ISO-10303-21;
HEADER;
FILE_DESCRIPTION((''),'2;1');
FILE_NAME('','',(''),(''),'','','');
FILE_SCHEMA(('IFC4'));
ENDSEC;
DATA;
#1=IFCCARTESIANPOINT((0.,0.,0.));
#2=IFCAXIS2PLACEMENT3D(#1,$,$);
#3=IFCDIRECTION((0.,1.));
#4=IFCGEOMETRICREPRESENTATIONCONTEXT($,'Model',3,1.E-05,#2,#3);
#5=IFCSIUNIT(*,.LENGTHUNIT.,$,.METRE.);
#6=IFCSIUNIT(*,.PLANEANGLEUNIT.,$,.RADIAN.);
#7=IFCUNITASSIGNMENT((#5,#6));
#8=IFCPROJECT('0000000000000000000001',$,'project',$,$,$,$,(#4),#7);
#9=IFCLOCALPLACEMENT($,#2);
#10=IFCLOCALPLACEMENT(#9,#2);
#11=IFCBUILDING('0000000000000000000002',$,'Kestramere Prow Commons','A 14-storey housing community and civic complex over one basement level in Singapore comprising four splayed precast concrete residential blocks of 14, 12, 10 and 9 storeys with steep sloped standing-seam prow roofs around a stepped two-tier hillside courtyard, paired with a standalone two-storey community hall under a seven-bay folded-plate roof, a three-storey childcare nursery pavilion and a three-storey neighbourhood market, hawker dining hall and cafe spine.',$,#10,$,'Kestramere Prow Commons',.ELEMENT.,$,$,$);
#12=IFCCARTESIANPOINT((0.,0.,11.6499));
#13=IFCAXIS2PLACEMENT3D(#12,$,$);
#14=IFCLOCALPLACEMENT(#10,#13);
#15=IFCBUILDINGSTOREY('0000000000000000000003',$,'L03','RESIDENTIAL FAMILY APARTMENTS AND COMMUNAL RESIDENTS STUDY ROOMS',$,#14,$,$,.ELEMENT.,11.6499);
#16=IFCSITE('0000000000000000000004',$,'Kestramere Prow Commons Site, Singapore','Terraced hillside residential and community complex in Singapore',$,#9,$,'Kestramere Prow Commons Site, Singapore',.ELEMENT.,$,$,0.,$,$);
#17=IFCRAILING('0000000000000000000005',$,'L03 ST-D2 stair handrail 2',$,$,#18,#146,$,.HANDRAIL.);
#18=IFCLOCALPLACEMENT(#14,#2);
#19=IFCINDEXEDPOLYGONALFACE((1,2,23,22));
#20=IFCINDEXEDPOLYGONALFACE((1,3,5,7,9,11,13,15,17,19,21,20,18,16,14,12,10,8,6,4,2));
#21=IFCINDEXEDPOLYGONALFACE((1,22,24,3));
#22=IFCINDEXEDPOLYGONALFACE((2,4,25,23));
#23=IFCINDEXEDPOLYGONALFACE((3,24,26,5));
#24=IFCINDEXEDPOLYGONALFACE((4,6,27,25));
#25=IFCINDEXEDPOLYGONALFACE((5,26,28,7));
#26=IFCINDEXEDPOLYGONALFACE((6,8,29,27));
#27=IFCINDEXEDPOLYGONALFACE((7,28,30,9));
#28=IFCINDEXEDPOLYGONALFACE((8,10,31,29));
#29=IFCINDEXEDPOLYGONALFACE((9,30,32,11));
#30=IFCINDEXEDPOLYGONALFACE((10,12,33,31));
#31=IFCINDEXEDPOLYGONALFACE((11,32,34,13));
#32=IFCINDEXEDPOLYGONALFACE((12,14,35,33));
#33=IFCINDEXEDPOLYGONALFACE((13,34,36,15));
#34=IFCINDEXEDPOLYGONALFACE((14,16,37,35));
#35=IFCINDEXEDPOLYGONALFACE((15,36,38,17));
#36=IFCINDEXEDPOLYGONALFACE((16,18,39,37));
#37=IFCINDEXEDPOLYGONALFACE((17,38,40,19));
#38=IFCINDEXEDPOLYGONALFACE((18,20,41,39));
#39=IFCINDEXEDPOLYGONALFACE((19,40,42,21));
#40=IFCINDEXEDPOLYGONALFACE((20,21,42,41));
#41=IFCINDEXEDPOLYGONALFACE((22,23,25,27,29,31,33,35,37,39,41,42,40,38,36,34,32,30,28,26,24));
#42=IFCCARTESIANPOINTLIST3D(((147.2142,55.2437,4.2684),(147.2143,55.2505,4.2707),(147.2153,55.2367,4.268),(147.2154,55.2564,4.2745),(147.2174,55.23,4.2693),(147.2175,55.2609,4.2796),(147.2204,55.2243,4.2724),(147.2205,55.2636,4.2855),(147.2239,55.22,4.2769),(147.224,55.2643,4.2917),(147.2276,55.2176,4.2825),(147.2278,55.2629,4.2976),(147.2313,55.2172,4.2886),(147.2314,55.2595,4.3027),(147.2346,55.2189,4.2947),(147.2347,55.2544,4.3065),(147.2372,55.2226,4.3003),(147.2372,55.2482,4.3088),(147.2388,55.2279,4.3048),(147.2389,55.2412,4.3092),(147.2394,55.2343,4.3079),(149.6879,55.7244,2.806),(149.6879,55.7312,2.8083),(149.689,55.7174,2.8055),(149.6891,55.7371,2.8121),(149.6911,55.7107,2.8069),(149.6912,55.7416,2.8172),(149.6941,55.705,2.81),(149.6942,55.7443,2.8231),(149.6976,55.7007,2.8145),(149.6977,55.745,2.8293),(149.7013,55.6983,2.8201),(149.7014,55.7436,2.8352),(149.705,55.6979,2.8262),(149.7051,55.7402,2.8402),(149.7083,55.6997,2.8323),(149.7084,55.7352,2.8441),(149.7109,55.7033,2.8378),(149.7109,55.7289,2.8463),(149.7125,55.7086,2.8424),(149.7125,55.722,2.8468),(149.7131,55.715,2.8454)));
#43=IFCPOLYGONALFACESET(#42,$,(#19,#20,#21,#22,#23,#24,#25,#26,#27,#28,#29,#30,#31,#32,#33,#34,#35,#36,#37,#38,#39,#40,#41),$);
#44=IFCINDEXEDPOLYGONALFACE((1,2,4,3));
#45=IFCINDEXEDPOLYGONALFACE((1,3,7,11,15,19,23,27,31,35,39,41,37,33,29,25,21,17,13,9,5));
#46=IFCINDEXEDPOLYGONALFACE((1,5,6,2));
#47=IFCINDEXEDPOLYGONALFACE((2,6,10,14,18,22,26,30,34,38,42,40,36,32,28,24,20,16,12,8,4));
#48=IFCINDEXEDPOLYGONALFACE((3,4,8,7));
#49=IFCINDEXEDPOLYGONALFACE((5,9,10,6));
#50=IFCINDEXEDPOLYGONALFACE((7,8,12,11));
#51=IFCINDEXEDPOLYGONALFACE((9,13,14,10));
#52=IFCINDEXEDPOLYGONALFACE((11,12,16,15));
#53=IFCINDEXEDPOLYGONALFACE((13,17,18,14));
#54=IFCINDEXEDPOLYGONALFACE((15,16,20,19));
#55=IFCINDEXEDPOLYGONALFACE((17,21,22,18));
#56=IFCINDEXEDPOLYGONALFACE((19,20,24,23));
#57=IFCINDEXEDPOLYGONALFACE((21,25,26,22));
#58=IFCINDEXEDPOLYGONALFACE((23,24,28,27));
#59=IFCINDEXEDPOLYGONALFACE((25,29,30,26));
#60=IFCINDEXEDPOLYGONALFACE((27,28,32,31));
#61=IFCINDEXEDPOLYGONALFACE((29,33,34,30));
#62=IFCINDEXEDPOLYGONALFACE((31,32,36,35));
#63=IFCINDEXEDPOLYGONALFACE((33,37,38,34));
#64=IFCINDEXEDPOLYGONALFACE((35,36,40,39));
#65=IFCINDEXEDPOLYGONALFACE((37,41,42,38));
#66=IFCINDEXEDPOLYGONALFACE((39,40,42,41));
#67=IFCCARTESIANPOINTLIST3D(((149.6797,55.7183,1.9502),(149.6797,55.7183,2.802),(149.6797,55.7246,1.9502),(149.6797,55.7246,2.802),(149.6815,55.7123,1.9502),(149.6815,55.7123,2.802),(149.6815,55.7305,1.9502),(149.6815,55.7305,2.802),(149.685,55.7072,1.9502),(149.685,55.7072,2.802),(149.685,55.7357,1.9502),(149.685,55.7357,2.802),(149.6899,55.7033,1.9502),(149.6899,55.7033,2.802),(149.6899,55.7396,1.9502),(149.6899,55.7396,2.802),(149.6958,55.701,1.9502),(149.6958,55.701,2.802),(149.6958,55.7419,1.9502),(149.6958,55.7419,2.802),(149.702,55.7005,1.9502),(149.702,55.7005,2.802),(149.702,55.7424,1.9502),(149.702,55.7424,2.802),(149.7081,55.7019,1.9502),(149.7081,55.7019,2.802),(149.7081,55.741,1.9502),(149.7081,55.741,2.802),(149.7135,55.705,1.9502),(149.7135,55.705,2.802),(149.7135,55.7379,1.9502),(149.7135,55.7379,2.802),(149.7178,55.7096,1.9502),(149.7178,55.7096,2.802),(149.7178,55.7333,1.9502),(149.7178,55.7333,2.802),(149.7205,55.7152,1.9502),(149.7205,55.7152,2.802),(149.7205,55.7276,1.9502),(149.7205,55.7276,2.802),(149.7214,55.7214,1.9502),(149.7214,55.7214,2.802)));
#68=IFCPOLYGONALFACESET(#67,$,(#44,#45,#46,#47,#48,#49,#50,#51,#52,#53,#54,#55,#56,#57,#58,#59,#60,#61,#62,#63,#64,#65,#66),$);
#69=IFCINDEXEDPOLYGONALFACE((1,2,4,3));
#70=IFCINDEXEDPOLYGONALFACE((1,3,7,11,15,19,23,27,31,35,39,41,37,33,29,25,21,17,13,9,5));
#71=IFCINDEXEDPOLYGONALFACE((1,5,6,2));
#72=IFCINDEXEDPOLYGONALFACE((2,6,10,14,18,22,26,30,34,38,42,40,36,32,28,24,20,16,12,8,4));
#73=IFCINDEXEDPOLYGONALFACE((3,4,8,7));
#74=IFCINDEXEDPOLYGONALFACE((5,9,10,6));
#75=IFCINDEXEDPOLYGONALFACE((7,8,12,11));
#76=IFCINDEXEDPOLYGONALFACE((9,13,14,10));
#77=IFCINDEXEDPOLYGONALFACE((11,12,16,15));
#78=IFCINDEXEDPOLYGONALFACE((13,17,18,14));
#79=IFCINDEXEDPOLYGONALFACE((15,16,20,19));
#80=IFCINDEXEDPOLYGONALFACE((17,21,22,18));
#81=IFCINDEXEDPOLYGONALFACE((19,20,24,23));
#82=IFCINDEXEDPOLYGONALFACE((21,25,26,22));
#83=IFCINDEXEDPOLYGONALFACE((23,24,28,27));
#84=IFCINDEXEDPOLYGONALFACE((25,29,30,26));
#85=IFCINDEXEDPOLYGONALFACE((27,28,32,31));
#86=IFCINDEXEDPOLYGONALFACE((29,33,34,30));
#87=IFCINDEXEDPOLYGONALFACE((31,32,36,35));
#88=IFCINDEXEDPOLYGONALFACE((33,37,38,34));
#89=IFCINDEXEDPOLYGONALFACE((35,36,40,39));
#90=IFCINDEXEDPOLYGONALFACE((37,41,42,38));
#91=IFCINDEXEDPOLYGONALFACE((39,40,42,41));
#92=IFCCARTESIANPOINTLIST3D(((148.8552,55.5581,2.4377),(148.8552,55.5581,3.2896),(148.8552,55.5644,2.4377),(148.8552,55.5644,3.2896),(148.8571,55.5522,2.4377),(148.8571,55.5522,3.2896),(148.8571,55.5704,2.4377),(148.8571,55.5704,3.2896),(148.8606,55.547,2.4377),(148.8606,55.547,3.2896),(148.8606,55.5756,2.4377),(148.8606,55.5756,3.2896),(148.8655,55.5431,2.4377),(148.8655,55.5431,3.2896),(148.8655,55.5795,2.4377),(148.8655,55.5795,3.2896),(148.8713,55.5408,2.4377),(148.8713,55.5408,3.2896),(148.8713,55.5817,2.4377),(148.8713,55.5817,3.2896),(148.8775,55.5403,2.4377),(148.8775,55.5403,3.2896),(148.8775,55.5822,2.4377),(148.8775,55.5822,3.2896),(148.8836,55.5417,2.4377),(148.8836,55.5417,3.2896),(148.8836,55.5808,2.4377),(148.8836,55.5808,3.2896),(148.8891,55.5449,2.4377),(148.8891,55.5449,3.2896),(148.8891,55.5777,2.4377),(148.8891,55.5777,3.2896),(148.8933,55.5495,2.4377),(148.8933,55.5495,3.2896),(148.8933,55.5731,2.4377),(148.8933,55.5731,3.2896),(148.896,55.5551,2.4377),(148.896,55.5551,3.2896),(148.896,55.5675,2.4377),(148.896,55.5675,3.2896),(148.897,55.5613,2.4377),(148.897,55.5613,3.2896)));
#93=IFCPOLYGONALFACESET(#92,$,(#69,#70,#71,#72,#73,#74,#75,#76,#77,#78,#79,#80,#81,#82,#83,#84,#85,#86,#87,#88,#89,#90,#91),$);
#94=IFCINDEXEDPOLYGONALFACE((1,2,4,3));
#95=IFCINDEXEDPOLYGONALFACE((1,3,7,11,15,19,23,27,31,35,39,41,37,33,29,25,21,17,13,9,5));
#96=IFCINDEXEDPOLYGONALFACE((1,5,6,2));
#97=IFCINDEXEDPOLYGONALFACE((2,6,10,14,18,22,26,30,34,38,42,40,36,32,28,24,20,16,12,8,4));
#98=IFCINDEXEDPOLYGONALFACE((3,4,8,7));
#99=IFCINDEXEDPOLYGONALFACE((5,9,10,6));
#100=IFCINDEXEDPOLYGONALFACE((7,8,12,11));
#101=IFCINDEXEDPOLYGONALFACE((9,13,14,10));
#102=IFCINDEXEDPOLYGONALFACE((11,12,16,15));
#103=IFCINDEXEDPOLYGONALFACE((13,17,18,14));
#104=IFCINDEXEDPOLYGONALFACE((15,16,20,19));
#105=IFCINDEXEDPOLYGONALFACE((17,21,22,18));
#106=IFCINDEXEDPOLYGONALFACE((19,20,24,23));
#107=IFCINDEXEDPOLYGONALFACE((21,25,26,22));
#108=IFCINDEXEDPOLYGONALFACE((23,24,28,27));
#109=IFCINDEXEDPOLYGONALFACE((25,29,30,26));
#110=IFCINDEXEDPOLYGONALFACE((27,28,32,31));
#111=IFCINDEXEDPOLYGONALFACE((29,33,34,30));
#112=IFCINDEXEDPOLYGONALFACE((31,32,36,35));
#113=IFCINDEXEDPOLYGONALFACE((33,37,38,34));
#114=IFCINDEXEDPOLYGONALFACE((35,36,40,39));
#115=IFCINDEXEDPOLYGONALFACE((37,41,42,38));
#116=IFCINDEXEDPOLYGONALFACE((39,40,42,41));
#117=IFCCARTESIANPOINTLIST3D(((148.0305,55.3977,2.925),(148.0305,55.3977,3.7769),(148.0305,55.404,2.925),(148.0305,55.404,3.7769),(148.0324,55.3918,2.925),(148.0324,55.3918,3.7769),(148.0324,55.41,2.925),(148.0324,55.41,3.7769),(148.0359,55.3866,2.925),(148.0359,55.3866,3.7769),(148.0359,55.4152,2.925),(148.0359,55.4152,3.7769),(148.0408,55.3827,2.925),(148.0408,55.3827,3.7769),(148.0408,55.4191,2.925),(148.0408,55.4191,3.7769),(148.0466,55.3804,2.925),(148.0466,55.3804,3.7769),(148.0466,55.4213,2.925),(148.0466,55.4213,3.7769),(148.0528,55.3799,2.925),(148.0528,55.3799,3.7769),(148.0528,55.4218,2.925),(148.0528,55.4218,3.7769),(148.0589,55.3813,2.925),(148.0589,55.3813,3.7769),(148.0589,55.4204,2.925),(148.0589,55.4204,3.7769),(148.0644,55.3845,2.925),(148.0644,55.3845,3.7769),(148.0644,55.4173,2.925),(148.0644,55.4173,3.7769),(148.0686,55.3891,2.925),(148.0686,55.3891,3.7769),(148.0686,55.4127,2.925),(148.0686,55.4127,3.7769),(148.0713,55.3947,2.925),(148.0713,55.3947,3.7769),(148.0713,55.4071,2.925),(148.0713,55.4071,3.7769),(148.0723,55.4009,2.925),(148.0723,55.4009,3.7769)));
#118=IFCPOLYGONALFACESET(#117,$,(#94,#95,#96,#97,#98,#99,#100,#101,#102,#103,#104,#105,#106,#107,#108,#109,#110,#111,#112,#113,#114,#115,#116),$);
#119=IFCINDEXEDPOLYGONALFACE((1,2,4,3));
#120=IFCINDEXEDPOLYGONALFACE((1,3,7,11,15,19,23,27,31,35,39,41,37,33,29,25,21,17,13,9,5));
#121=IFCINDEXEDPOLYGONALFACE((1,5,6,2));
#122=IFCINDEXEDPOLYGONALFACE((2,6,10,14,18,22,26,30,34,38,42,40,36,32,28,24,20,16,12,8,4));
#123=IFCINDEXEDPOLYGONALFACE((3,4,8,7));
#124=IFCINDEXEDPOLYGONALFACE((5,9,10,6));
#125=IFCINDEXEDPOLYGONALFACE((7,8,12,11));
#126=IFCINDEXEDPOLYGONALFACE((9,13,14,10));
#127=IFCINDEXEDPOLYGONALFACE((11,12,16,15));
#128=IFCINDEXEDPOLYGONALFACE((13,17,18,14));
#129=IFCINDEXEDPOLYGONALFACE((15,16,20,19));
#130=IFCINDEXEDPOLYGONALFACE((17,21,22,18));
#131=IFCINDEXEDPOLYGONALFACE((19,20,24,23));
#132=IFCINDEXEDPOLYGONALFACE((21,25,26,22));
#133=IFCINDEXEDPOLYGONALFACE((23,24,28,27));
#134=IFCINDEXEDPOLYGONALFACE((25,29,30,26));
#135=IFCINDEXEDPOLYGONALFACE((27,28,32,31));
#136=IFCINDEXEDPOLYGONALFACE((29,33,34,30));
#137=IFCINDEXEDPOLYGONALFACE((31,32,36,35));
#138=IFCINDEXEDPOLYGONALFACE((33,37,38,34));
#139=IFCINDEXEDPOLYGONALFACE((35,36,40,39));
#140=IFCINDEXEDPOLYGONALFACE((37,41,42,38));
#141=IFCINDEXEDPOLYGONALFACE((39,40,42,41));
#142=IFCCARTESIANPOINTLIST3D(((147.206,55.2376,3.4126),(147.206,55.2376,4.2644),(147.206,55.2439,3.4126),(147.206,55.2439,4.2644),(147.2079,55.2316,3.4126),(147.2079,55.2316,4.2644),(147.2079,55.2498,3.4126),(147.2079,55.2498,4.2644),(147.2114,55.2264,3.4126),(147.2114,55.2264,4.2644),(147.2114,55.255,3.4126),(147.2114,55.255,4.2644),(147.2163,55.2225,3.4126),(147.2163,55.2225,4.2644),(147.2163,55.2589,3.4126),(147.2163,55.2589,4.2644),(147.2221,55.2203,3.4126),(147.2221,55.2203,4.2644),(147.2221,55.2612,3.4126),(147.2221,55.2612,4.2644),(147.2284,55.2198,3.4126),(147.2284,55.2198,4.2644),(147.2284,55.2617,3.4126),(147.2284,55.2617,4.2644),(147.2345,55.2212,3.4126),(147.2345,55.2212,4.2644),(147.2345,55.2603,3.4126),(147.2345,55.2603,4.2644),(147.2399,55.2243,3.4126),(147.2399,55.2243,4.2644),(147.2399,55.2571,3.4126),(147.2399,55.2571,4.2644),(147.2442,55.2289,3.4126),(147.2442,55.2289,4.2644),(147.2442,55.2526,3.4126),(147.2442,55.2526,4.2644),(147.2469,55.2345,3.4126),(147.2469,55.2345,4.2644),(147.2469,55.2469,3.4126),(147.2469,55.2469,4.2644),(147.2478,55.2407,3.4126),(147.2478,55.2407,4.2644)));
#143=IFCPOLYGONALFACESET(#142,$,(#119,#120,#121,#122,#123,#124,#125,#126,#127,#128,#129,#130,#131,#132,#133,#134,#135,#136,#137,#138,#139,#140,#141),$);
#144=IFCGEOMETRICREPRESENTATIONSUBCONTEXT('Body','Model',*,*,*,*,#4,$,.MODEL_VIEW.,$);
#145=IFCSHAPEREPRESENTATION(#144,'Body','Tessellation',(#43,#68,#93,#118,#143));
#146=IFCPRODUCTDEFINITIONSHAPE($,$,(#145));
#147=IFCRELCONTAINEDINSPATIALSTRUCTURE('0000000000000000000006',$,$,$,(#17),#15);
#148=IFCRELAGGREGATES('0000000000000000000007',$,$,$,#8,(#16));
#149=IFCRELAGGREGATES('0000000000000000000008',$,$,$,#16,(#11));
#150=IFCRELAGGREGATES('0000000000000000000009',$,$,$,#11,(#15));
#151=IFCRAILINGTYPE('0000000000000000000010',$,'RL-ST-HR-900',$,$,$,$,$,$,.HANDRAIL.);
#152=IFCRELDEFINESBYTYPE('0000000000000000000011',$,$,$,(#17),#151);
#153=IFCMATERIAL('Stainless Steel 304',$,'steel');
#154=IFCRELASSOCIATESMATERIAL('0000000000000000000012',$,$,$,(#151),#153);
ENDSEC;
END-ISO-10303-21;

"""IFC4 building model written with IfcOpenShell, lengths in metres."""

from ifc_helpers import new_model, si_unit, direction, frame, origin, origin_2d, place, context, subcontext, project, spatial, circle, extrude, material, type_object, element, save


model = new_model("IFC4")

# Units and contexts
model_context = context("Model", 3, precision=1e-05, world=origin(), true_north=direction((0.0, 1.0)))
body_context = subcontext(model_context, "Body", "Model", "MODEL_VIEW")
ifc_project = project(units=[si_unit("LENGTHUNIT", "METRE"), si_unit("PLANEANGLEUNIT", "RADIAN")], contexts=[model_context])

# Site, building, storey
site_placement = place(None, origin())
site = spatial("IfcSite", under=ifc_project, at=site_placement, Name="Kestramere Prow Commons Site, Singapore", Description="Terraced hillside residential and community complex in Singapore", LongName="Kestramere Prow Commons Site, Singapore", CompositionType="ELEMENT", RefElevation=0.0)
building_placement = place(site_placement, origin())
building = spatial("IfcBuilding", under=site, at=building_placement, Name="Kestramere Prow Commons", Description="A 14-storey housing community and civic complex over one basement level in Singapore comprising four splayed precast concrete residential blocks of 14, 12, 10 and 9 storeys with steep sloped standing-seam prow roofs around a stepped two-tier hillside courtyard, paired with a standalone two-storey community hall under a seven-bay folded-plate roof, a three-storey childcare nursery pavilion and a three-storey neighbourhood market, hawker dining hall and cafe spine.", LongName="Kestramere Prow Commons", CompositionType="ELEMENT")
storey_placement = place(building_placement, frame((0.0, 0.0, 11.6499)))
storey = spatial("IfcBuildingStorey", under=building, at=storey_placement, Name="L03", Description="RESIDENTIAL FAMILY APARTMENTS AND COMMUNAL RESIDENTS STUDY ROOMS", CompositionType="ELEMENT", Elevation=11.6499)

# Railing
ifc_material_1 = material(Name="Stainless Steel 304", Category="steel")
railing_type_1 = type_object("IfcRailingType", Name="RL-ST-HR-900", PredefinedType="HANDRAIL", material=ifc_material_1)
railing_1_placement = place(storey_placement, frame((149.7004, 55.7214, 1.9502)))
element("IfcRailing", 1, at=railing_1_placement, inside=storey, type_object=railing_type_1, Name="L03 ST-D2 stair handrail 2", PredefinedType="HANDRAIL", context=body_context, shape_type="SweptSolid", body=[
    extrude(circle(Radius=0.0239, at=origin_2d()), frame((0.0, 0.0, 0.876), z_axis=(-0.84902, -0.164994, 0.501938), x_axis=(0.190766, -0.981636, 0.0)), (0.0, 0.0, 1.0), 2.9136),
    extrude(circle(Radius=0.021, at=origin_2d()), origin(), (0.0, 0.0, 1.0), 0.8518),
    extrude(circle(Radius=0.021, at=origin_2d()), frame((-0.8245, -0.1602, 0.4875)), (0.0, 0.0, 1.0), 0.8518),
    extrude(circle(Radius=0.021, at=origin_2d()), frame((-1.6492, -0.3206, 0.9749)), (0.0, 0.0, 1.0), 0.8518),
    extrude(circle(Radius=0.021, at=origin_2d()), frame((-2.4736, -0.4807, 1.4624)), (0.0, 0.0, 1.0), 0.8518),
])

save(model, "model.ifc")
